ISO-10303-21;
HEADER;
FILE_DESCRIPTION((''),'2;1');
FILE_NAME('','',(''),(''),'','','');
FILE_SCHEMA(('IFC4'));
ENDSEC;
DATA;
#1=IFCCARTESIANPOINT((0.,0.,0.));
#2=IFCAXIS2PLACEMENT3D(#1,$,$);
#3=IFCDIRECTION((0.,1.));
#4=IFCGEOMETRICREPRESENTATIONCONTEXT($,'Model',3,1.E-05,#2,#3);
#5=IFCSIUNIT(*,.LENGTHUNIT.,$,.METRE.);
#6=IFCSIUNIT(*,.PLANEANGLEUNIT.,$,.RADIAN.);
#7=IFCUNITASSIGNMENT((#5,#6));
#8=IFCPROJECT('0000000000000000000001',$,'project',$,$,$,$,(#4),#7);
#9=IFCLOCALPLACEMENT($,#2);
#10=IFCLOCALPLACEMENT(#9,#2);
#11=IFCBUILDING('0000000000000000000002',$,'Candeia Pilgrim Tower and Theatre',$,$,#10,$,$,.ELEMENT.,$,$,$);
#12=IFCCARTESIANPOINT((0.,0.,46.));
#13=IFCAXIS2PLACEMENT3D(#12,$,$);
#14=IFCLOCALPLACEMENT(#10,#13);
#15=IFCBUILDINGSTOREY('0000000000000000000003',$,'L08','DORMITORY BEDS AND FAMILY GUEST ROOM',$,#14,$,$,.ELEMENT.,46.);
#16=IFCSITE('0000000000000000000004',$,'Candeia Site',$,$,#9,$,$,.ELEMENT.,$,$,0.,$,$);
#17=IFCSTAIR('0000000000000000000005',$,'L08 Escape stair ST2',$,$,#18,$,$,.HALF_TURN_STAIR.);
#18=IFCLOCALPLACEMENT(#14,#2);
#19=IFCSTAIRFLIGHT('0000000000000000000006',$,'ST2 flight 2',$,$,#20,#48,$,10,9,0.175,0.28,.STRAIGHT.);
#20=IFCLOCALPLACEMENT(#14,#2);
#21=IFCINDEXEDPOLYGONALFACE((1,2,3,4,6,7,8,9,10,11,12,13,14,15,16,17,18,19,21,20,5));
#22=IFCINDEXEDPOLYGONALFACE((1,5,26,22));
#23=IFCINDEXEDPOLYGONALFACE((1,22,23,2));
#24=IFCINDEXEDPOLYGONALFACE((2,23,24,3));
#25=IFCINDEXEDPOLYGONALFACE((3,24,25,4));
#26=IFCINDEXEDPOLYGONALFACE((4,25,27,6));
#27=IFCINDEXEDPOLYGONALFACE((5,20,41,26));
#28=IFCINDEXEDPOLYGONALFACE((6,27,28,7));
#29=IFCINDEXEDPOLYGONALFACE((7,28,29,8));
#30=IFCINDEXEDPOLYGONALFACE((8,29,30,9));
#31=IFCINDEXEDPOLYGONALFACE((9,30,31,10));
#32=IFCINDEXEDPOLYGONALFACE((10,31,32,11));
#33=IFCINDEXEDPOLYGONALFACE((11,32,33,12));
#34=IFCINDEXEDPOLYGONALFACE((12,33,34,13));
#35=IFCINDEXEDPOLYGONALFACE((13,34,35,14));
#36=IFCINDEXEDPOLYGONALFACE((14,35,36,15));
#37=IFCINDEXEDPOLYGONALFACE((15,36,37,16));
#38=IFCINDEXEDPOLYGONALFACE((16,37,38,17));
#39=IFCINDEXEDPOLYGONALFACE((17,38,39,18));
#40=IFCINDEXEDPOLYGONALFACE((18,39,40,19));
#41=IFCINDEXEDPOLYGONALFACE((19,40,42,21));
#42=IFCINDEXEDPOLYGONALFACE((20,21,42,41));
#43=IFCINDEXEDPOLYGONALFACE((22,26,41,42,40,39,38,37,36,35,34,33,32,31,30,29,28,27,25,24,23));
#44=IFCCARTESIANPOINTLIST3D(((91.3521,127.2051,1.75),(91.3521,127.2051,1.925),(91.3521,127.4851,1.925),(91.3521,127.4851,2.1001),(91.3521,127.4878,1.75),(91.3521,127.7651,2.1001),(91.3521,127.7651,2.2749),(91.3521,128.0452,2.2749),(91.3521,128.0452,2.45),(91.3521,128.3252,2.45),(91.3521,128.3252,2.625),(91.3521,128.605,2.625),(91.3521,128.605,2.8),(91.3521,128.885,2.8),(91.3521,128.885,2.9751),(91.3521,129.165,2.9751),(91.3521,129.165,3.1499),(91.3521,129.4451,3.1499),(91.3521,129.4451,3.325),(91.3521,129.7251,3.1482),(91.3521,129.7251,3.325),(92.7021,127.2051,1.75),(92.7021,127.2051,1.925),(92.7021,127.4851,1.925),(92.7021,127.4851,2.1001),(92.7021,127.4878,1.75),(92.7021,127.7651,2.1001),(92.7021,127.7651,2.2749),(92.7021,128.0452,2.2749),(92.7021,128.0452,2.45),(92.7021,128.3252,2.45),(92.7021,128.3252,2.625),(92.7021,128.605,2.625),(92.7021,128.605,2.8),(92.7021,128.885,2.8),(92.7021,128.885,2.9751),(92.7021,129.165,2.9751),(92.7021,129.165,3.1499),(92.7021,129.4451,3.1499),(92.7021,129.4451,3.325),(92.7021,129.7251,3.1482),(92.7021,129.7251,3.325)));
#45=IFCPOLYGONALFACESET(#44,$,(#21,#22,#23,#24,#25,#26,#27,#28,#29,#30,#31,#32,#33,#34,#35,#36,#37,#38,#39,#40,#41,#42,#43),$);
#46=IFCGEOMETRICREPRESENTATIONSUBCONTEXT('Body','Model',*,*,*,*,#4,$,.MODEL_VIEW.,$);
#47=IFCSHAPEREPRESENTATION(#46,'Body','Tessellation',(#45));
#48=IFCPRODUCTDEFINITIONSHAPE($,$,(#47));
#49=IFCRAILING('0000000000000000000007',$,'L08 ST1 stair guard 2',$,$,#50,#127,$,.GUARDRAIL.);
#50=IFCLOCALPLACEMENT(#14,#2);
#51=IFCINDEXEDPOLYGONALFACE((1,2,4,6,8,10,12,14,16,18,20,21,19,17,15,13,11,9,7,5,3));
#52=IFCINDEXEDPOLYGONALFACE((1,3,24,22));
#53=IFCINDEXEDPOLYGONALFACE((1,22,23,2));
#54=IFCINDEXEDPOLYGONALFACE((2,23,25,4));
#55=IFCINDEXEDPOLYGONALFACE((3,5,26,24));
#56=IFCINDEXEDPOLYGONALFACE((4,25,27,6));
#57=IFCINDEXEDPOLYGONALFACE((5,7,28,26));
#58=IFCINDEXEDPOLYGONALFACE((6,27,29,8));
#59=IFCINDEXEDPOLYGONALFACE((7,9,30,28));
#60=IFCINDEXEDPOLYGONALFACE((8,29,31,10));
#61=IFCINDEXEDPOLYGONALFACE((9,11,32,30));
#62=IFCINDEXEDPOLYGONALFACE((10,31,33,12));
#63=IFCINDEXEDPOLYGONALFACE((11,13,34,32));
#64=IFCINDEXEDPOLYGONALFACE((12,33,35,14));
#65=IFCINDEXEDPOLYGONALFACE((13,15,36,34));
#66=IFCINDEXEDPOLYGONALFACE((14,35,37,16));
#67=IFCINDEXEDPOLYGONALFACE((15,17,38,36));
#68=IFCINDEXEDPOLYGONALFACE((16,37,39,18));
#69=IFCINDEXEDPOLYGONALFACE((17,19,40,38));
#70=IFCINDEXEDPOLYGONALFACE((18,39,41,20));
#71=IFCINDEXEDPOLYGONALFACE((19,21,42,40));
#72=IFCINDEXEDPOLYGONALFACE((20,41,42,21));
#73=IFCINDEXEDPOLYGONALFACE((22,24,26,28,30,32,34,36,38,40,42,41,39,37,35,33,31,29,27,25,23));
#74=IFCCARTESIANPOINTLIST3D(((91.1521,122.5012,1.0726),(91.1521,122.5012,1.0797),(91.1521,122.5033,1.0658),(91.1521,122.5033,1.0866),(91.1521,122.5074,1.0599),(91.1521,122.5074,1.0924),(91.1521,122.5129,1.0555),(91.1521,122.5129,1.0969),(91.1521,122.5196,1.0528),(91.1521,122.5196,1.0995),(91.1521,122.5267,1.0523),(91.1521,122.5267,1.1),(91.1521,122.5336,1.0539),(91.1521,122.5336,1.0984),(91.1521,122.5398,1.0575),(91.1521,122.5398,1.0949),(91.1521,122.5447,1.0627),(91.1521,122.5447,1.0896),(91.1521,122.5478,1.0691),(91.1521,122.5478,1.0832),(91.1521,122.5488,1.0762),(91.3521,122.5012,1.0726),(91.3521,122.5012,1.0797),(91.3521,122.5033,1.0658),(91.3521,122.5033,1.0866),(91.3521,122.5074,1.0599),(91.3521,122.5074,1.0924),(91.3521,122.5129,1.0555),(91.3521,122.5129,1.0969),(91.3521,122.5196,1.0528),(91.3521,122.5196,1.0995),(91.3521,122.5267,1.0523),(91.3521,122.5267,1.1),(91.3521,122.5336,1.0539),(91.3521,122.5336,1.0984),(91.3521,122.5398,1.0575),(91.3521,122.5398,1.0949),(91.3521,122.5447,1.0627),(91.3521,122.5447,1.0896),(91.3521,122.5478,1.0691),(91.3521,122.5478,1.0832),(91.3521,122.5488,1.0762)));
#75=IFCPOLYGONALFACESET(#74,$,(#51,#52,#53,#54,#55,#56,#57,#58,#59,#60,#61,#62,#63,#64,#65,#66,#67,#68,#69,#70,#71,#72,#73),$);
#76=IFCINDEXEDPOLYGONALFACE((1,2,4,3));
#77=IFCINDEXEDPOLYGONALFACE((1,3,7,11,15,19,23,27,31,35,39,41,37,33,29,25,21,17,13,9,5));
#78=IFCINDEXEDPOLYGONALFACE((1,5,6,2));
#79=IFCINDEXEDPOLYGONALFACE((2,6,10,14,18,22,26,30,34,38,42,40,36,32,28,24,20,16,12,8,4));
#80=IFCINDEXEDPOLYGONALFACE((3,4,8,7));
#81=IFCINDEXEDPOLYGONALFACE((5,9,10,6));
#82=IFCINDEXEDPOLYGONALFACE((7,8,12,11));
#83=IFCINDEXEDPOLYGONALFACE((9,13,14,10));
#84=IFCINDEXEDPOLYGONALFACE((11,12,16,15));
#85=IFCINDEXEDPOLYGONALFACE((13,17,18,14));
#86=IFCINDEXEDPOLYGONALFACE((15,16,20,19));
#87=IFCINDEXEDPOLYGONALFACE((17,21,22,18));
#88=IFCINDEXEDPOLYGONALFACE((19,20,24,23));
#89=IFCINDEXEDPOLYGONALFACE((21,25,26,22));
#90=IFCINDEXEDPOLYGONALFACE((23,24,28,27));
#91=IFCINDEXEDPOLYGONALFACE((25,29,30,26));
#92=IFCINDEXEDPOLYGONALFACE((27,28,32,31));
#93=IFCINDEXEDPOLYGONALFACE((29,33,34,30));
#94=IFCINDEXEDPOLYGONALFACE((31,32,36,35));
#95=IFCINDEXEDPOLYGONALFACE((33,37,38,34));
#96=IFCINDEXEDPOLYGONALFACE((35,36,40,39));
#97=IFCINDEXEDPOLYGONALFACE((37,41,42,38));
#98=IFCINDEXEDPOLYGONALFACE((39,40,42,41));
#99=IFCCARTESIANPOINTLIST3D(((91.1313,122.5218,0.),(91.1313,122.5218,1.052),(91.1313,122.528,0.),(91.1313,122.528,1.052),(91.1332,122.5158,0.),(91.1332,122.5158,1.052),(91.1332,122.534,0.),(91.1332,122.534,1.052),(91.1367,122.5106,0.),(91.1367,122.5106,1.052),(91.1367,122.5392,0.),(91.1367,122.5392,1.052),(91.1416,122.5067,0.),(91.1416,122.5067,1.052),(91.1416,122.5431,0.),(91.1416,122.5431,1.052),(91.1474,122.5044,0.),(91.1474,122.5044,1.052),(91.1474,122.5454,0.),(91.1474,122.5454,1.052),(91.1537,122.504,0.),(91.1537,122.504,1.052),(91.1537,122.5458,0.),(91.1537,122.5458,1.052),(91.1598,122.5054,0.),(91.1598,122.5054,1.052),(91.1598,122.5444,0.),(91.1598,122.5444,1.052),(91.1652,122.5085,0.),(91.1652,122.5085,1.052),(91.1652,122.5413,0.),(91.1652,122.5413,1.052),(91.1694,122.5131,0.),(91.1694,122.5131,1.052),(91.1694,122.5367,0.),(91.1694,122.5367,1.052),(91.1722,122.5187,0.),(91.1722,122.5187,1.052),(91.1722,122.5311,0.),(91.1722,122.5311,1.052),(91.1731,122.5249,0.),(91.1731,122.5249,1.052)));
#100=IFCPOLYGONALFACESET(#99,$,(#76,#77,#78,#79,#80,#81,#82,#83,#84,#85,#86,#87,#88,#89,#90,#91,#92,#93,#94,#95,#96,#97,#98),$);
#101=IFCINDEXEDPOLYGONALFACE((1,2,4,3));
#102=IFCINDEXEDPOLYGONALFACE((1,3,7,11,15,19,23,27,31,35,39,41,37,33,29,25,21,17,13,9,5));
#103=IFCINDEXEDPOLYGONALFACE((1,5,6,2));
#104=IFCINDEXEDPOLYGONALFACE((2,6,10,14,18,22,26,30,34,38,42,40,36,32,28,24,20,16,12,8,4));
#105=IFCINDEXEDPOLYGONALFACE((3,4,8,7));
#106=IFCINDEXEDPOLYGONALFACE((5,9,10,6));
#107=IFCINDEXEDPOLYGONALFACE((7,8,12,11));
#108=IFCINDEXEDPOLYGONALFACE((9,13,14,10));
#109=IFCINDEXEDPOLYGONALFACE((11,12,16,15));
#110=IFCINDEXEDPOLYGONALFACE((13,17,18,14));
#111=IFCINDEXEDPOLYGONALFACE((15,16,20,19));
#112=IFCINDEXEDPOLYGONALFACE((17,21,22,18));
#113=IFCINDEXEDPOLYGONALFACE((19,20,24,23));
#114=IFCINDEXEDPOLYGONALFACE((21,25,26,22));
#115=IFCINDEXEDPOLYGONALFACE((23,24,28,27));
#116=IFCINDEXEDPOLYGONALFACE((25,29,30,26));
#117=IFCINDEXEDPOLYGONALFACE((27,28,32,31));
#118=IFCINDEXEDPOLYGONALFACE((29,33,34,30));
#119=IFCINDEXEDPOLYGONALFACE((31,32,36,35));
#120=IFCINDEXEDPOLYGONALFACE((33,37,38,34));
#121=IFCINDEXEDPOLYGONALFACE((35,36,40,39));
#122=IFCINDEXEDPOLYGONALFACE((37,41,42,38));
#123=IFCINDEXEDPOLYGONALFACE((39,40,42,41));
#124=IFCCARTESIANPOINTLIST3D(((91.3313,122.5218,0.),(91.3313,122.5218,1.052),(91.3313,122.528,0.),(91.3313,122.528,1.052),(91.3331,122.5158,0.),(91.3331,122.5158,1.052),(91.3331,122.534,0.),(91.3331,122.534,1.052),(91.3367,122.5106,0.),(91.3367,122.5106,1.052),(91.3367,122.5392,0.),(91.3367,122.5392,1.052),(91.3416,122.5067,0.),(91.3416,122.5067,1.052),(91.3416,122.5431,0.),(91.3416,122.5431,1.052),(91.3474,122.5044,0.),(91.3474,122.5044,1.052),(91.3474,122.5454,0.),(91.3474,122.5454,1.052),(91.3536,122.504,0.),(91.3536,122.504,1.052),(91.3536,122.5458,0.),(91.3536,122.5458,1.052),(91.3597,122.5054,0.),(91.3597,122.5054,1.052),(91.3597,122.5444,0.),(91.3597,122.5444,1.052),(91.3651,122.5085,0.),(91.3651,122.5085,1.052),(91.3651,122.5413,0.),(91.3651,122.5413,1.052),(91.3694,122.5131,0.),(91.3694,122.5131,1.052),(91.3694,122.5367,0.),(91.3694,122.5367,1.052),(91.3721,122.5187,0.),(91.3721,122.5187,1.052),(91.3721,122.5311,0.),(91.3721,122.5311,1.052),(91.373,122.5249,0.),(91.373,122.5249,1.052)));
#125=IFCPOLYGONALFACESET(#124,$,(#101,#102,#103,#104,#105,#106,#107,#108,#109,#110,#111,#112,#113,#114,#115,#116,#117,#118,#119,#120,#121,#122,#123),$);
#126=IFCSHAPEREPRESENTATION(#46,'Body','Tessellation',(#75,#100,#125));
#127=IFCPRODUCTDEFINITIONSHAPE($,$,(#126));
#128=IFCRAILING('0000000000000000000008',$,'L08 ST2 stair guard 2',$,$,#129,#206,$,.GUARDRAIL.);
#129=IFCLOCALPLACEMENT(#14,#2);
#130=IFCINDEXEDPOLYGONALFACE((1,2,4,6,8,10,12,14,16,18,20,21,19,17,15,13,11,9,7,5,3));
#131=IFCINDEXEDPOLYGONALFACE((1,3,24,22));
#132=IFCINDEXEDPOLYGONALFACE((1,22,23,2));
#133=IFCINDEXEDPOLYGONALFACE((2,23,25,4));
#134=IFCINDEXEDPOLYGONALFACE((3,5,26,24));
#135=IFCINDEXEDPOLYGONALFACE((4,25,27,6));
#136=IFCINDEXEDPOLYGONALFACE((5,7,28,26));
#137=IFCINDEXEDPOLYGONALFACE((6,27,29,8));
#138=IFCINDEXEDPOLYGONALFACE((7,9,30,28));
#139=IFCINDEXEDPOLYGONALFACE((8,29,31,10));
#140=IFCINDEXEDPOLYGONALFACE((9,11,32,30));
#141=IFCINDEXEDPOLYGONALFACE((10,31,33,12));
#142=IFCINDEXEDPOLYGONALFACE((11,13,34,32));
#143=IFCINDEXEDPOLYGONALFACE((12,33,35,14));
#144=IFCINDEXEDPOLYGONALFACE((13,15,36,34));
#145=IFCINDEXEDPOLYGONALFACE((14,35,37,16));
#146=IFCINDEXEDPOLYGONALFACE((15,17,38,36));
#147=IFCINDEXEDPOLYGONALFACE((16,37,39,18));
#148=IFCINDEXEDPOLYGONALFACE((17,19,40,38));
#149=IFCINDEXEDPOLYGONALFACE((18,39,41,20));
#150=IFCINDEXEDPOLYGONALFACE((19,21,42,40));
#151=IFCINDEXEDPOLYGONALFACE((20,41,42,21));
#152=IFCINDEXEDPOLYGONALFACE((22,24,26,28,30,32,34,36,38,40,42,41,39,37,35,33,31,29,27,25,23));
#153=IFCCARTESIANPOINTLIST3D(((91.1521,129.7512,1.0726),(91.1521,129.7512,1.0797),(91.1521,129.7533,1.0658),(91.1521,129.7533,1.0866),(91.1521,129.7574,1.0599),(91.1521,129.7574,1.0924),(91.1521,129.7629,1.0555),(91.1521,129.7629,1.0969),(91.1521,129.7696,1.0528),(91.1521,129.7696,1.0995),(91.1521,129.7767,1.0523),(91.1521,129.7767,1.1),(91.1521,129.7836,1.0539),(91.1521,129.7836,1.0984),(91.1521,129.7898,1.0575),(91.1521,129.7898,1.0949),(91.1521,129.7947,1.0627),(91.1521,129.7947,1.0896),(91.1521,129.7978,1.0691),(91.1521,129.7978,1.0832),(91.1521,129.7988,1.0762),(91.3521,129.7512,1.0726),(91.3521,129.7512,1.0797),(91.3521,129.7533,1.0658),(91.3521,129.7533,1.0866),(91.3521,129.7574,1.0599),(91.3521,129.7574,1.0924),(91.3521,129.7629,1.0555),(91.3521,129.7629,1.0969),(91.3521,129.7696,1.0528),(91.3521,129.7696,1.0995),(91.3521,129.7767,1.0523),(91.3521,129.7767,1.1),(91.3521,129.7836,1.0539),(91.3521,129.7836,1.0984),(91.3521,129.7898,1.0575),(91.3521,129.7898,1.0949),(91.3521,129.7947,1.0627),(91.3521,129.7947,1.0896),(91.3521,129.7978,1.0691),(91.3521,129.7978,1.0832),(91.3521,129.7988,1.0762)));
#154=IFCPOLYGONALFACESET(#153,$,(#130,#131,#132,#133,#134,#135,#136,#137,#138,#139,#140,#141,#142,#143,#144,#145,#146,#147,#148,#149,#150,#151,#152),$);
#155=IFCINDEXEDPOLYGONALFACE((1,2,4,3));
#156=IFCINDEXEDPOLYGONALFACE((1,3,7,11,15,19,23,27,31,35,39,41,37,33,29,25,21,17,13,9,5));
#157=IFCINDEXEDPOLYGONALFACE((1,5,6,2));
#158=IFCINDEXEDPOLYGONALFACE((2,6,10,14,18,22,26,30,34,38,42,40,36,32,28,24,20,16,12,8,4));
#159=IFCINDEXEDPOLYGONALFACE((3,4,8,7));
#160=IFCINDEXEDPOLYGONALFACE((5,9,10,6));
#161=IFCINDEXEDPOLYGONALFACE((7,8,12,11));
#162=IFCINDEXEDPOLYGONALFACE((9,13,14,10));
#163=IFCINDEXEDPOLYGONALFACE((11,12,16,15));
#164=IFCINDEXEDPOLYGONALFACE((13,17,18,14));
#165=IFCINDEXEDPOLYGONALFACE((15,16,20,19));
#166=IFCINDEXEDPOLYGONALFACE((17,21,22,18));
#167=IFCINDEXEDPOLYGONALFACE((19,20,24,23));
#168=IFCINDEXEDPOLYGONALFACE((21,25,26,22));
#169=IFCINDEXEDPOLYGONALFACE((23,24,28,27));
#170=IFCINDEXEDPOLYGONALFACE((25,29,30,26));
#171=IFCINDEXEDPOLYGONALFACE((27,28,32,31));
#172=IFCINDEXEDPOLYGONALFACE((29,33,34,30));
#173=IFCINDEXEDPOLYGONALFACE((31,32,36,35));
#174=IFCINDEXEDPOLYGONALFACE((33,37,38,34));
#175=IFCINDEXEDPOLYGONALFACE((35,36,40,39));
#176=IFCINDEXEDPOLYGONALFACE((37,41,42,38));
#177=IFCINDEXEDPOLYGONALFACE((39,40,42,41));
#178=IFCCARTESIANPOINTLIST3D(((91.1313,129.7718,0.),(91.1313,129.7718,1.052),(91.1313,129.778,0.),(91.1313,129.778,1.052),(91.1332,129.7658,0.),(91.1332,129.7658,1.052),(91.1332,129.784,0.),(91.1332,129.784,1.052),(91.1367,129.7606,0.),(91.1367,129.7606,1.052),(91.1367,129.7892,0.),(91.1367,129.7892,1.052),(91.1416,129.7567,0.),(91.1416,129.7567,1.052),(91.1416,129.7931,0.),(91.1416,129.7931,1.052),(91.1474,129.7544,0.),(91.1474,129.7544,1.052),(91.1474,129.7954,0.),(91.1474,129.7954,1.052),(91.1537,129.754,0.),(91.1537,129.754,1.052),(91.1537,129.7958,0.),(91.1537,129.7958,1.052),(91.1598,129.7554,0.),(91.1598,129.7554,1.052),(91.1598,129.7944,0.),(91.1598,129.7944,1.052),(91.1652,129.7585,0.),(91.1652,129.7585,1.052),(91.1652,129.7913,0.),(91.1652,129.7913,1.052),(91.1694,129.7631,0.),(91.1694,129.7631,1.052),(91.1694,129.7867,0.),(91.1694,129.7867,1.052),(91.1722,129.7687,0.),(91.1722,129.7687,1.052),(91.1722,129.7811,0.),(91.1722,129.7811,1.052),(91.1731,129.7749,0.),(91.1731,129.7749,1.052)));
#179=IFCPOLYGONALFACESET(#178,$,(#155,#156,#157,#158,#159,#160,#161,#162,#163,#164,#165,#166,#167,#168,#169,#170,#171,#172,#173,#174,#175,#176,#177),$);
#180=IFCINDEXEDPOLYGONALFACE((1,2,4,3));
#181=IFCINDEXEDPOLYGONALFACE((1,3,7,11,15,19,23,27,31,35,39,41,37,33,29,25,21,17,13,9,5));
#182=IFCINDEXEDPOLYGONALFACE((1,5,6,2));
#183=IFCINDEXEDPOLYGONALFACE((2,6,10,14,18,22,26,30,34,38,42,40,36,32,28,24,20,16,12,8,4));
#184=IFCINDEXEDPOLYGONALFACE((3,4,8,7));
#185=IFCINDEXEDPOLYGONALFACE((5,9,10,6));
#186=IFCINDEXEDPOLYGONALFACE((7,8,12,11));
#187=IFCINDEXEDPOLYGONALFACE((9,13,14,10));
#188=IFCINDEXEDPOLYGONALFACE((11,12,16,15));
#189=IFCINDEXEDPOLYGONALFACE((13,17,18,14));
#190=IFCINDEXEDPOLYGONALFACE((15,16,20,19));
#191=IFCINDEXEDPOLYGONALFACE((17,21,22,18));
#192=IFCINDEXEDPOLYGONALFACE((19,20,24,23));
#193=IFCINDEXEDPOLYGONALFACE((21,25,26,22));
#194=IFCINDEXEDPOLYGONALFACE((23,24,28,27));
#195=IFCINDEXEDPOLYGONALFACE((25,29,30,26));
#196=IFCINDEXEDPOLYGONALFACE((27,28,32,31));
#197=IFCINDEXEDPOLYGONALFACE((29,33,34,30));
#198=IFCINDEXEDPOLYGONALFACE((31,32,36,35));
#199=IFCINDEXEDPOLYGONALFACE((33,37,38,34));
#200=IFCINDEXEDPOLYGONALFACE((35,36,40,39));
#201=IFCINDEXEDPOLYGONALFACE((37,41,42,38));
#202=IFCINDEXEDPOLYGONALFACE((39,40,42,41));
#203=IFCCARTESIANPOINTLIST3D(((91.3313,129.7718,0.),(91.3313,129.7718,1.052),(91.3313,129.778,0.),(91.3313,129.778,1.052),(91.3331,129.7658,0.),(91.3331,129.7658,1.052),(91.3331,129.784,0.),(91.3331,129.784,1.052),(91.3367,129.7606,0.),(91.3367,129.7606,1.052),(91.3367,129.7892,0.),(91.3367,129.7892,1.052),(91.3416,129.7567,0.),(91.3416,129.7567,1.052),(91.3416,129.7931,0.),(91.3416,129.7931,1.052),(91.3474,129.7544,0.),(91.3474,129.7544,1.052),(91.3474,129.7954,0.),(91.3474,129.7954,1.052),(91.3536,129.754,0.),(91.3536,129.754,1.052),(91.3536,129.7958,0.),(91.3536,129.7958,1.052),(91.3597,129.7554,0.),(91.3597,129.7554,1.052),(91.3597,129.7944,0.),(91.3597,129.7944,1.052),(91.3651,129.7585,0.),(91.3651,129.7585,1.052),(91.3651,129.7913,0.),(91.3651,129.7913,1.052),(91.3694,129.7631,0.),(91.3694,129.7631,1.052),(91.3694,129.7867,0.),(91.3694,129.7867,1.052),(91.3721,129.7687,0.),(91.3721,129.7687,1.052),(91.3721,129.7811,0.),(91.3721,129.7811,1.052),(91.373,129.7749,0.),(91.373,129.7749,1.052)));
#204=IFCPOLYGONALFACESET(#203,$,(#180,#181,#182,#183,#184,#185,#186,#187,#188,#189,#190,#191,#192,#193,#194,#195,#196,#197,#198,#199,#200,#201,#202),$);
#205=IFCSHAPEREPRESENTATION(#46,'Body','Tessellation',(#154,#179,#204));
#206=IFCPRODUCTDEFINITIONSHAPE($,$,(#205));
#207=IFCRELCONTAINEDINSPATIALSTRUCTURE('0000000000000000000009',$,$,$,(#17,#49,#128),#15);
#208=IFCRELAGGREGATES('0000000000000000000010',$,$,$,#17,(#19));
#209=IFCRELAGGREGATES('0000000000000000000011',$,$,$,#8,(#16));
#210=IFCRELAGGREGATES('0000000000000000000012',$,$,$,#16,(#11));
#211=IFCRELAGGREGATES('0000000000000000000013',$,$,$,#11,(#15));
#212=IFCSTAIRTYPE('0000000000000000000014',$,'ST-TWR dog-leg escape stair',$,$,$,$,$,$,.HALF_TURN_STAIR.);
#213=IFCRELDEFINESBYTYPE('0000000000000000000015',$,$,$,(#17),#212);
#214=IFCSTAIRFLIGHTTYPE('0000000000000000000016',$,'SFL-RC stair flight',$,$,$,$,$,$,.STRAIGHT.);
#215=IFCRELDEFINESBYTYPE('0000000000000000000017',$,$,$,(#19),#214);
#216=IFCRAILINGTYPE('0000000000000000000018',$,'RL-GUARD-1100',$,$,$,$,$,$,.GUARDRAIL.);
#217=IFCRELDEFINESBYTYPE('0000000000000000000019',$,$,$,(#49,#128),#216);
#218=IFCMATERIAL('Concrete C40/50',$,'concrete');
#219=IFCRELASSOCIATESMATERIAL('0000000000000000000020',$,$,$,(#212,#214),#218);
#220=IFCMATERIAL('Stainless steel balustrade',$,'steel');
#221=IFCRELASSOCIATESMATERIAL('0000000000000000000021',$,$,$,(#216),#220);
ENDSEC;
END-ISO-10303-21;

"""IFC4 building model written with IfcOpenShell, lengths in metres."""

from ifc_helpers import new_model, si_unit, direction, frame, origin, origin_2d, place, context, subcontext, project, spatial, polyline, circle, outline, extrude, material, type_object, element, aggregate, save


model = new_model("IFC4")

# Units and contexts
model_context = context("Model", 3, precision=1e-05, world=origin(), true_north=direction((0.0, 1.0)))
body_context = subcontext(model_context, "Body", "Model", "MODEL_VIEW")
ifc_project = project(units=[si_unit("LENGTHUNIT", "METRE"), si_unit("PLANEANGLEUNIT", "RADIAN")], contexts=[model_context])

# Site, building, storey
site_placement = place(None, origin())
site = spatial("IfcSite", under=ifc_project, at=site_placement, Name="Candeia Site", CompositionType="ELEMENT", RefElevation=0.0)
building_placement = place(site_placement, origin())
building = spatial("IfcBuilding", under=site, at=building_placement, Name="Candeia Pilgrim Tower and Theatre", CompositionType="ELEMENT")
storey_placement = place(building_placement, frame((0.0, 0.0, 46.0)))
storey = spatial("IfcBuildingStorey", under=building, at=storey_placement, Name="L08", Description="DORMITORY BEDS AND FAMILY GUEST ROOM", CompositionType="ELEMENT", Elevation=46.0)

# Shared definitions
ifc_material_1 = material(Name="Concrete C40/50", Category="concrete")

# Stair, stair flight
stair_type = type_object("IfcStairType", Name="ST-TWR dog-leg escape stair", PredefinedType="HALF_TURN_STAIR", material=ifc_material_1)
stair_flight_type = type_object("IfcStairFlightType", Name="SFL-RC stair flight", PredefinedType="STRAIGHT", material=ifc_material_1)
stair_1_placement = place(storey_placement, origin())
stair_1 = element("IfcStair", 1, at=stair_1_placement, inside=storey, type_object=stair_type, Name="L08 Escape stair ST2", PredefinedType="HALF_TURN_STAIR")
stair_flight_1_placement = place(storey_placement, frame((92.0271, 127.2051, 1.75), z_axis=(0.0, 0.0, 1.0), x_axis=(0.0, 1.0, 0.0)))
stair_flight_1 = element("IfcStairFlight", 2, at=stair_flight_1_placement, type_object=stair_flight_type, Name="ST2 flight 2", NumberOfRisers=10, NumberOfTreads=9, PredefinedType="STRAIGHT", RiserHeight=0.175, TreadLength=0.28, context=body_context, shape_type="SweptSolid", body=[
    extrude(outline(polyline([(0.0, 0.0), (0.0, 0.175), (0.28, 0.175), (0.28, 0.3501), (0.5601, 0.3501), (0.5601, 0.5249), (0.8401, 0.5249), (0.8401, 0.7), (1.1201, 0.7), (1.1201, 0.875), (1.3999, 0.875), (1.3999, 1.05), (1.6799, 1.05), (1.6799, 1.2251), (1.96, 1.2251), (1.96, 1.3999), (2.24, 1.3999), (2.24, 1.575), (2.52, 1.575), (2.52, 1.75), (2.52, 1.3982), (0.2827, 0.0), (0.0, 0.0)])), frame((0.0, 0.675, 0.0), z_axis=(0.0, -1.0, 0.0), x_axis=(1.0, 0.0, 0.0)), (0.0, 0.0, 1.0), 1.3501),
])
aggregate(stair_1, [stair_flight_1])

# Railings
ifc_material_2 = material(Name="Stainless steel balustrade", Category="steel")
railing_type_1 = type_object("IfcRailingType", Name="RL-GUARD-1100", PredefinedType="GUARDRAIL", material=ifc_material_2)
railing_1_placement = place(storey_placement, frame((91.1521, 122.5249, 0.0)))
element("IfcRailing", 3, at=railing_1_placement, inside=storey, type_object=railing_type_1, Name="L08 ST1 stair guard 2", PredefinedType="GUARDRAIL", context=body_context, shape_type="SweptSolid", body=[
    extrude(circle(Radius=0.0239, at=origin_2d()), frame((0.0, 0.0, 1.0762), z_axis=(1.0, 0.0, 0.0), x_axis=(0.0, 1.0, 0.0)), (0.0, 0.0, 1.0), 0.2),
    extrude(circle(Radius=0.021, at=origin_2d()), origin(), (0.0, 0.0, 1.0), 1.052),
    extrude(circle(Radius=0.021, at=origin_2d()), frame((0.2, 0.0, 0.0)), (0.0, 0.0, 1.0), 1.052),
])
railing_2_placement = place(storey_placement, frame((91.1521, 129.7749, 0.0)))
element("IfcRailing", 4, at=railing_2_placement, inside=storey, type_object=railing_type_1, Name="L08 ST2 stair guard 2", PredefinedType="GUARDRAIL", context=body_context, shape_type="SweptSolid", body=[
    extrude(circle(Radius=0.0239, at=origin_2d()), frame((0.0, 0.0, 1.0762), z_axis=(1.0, 0.0, 0.0), x_axis=(0.0, 1.0, 0.0)), (0.0, 0.0, 1.0), 0.2),
    extrude(circle(Radius=0.021, at=origin_2d()), origin(), (0.0, 0.0, 1.0), 1.052),
    extrude(circle(Radius=0.021, at=origin_2d()), frame((0.2, 0.0, 0.0)), (0.0, 0.0, 1.0), 1.052),
])

save(model, "model.ifc")
